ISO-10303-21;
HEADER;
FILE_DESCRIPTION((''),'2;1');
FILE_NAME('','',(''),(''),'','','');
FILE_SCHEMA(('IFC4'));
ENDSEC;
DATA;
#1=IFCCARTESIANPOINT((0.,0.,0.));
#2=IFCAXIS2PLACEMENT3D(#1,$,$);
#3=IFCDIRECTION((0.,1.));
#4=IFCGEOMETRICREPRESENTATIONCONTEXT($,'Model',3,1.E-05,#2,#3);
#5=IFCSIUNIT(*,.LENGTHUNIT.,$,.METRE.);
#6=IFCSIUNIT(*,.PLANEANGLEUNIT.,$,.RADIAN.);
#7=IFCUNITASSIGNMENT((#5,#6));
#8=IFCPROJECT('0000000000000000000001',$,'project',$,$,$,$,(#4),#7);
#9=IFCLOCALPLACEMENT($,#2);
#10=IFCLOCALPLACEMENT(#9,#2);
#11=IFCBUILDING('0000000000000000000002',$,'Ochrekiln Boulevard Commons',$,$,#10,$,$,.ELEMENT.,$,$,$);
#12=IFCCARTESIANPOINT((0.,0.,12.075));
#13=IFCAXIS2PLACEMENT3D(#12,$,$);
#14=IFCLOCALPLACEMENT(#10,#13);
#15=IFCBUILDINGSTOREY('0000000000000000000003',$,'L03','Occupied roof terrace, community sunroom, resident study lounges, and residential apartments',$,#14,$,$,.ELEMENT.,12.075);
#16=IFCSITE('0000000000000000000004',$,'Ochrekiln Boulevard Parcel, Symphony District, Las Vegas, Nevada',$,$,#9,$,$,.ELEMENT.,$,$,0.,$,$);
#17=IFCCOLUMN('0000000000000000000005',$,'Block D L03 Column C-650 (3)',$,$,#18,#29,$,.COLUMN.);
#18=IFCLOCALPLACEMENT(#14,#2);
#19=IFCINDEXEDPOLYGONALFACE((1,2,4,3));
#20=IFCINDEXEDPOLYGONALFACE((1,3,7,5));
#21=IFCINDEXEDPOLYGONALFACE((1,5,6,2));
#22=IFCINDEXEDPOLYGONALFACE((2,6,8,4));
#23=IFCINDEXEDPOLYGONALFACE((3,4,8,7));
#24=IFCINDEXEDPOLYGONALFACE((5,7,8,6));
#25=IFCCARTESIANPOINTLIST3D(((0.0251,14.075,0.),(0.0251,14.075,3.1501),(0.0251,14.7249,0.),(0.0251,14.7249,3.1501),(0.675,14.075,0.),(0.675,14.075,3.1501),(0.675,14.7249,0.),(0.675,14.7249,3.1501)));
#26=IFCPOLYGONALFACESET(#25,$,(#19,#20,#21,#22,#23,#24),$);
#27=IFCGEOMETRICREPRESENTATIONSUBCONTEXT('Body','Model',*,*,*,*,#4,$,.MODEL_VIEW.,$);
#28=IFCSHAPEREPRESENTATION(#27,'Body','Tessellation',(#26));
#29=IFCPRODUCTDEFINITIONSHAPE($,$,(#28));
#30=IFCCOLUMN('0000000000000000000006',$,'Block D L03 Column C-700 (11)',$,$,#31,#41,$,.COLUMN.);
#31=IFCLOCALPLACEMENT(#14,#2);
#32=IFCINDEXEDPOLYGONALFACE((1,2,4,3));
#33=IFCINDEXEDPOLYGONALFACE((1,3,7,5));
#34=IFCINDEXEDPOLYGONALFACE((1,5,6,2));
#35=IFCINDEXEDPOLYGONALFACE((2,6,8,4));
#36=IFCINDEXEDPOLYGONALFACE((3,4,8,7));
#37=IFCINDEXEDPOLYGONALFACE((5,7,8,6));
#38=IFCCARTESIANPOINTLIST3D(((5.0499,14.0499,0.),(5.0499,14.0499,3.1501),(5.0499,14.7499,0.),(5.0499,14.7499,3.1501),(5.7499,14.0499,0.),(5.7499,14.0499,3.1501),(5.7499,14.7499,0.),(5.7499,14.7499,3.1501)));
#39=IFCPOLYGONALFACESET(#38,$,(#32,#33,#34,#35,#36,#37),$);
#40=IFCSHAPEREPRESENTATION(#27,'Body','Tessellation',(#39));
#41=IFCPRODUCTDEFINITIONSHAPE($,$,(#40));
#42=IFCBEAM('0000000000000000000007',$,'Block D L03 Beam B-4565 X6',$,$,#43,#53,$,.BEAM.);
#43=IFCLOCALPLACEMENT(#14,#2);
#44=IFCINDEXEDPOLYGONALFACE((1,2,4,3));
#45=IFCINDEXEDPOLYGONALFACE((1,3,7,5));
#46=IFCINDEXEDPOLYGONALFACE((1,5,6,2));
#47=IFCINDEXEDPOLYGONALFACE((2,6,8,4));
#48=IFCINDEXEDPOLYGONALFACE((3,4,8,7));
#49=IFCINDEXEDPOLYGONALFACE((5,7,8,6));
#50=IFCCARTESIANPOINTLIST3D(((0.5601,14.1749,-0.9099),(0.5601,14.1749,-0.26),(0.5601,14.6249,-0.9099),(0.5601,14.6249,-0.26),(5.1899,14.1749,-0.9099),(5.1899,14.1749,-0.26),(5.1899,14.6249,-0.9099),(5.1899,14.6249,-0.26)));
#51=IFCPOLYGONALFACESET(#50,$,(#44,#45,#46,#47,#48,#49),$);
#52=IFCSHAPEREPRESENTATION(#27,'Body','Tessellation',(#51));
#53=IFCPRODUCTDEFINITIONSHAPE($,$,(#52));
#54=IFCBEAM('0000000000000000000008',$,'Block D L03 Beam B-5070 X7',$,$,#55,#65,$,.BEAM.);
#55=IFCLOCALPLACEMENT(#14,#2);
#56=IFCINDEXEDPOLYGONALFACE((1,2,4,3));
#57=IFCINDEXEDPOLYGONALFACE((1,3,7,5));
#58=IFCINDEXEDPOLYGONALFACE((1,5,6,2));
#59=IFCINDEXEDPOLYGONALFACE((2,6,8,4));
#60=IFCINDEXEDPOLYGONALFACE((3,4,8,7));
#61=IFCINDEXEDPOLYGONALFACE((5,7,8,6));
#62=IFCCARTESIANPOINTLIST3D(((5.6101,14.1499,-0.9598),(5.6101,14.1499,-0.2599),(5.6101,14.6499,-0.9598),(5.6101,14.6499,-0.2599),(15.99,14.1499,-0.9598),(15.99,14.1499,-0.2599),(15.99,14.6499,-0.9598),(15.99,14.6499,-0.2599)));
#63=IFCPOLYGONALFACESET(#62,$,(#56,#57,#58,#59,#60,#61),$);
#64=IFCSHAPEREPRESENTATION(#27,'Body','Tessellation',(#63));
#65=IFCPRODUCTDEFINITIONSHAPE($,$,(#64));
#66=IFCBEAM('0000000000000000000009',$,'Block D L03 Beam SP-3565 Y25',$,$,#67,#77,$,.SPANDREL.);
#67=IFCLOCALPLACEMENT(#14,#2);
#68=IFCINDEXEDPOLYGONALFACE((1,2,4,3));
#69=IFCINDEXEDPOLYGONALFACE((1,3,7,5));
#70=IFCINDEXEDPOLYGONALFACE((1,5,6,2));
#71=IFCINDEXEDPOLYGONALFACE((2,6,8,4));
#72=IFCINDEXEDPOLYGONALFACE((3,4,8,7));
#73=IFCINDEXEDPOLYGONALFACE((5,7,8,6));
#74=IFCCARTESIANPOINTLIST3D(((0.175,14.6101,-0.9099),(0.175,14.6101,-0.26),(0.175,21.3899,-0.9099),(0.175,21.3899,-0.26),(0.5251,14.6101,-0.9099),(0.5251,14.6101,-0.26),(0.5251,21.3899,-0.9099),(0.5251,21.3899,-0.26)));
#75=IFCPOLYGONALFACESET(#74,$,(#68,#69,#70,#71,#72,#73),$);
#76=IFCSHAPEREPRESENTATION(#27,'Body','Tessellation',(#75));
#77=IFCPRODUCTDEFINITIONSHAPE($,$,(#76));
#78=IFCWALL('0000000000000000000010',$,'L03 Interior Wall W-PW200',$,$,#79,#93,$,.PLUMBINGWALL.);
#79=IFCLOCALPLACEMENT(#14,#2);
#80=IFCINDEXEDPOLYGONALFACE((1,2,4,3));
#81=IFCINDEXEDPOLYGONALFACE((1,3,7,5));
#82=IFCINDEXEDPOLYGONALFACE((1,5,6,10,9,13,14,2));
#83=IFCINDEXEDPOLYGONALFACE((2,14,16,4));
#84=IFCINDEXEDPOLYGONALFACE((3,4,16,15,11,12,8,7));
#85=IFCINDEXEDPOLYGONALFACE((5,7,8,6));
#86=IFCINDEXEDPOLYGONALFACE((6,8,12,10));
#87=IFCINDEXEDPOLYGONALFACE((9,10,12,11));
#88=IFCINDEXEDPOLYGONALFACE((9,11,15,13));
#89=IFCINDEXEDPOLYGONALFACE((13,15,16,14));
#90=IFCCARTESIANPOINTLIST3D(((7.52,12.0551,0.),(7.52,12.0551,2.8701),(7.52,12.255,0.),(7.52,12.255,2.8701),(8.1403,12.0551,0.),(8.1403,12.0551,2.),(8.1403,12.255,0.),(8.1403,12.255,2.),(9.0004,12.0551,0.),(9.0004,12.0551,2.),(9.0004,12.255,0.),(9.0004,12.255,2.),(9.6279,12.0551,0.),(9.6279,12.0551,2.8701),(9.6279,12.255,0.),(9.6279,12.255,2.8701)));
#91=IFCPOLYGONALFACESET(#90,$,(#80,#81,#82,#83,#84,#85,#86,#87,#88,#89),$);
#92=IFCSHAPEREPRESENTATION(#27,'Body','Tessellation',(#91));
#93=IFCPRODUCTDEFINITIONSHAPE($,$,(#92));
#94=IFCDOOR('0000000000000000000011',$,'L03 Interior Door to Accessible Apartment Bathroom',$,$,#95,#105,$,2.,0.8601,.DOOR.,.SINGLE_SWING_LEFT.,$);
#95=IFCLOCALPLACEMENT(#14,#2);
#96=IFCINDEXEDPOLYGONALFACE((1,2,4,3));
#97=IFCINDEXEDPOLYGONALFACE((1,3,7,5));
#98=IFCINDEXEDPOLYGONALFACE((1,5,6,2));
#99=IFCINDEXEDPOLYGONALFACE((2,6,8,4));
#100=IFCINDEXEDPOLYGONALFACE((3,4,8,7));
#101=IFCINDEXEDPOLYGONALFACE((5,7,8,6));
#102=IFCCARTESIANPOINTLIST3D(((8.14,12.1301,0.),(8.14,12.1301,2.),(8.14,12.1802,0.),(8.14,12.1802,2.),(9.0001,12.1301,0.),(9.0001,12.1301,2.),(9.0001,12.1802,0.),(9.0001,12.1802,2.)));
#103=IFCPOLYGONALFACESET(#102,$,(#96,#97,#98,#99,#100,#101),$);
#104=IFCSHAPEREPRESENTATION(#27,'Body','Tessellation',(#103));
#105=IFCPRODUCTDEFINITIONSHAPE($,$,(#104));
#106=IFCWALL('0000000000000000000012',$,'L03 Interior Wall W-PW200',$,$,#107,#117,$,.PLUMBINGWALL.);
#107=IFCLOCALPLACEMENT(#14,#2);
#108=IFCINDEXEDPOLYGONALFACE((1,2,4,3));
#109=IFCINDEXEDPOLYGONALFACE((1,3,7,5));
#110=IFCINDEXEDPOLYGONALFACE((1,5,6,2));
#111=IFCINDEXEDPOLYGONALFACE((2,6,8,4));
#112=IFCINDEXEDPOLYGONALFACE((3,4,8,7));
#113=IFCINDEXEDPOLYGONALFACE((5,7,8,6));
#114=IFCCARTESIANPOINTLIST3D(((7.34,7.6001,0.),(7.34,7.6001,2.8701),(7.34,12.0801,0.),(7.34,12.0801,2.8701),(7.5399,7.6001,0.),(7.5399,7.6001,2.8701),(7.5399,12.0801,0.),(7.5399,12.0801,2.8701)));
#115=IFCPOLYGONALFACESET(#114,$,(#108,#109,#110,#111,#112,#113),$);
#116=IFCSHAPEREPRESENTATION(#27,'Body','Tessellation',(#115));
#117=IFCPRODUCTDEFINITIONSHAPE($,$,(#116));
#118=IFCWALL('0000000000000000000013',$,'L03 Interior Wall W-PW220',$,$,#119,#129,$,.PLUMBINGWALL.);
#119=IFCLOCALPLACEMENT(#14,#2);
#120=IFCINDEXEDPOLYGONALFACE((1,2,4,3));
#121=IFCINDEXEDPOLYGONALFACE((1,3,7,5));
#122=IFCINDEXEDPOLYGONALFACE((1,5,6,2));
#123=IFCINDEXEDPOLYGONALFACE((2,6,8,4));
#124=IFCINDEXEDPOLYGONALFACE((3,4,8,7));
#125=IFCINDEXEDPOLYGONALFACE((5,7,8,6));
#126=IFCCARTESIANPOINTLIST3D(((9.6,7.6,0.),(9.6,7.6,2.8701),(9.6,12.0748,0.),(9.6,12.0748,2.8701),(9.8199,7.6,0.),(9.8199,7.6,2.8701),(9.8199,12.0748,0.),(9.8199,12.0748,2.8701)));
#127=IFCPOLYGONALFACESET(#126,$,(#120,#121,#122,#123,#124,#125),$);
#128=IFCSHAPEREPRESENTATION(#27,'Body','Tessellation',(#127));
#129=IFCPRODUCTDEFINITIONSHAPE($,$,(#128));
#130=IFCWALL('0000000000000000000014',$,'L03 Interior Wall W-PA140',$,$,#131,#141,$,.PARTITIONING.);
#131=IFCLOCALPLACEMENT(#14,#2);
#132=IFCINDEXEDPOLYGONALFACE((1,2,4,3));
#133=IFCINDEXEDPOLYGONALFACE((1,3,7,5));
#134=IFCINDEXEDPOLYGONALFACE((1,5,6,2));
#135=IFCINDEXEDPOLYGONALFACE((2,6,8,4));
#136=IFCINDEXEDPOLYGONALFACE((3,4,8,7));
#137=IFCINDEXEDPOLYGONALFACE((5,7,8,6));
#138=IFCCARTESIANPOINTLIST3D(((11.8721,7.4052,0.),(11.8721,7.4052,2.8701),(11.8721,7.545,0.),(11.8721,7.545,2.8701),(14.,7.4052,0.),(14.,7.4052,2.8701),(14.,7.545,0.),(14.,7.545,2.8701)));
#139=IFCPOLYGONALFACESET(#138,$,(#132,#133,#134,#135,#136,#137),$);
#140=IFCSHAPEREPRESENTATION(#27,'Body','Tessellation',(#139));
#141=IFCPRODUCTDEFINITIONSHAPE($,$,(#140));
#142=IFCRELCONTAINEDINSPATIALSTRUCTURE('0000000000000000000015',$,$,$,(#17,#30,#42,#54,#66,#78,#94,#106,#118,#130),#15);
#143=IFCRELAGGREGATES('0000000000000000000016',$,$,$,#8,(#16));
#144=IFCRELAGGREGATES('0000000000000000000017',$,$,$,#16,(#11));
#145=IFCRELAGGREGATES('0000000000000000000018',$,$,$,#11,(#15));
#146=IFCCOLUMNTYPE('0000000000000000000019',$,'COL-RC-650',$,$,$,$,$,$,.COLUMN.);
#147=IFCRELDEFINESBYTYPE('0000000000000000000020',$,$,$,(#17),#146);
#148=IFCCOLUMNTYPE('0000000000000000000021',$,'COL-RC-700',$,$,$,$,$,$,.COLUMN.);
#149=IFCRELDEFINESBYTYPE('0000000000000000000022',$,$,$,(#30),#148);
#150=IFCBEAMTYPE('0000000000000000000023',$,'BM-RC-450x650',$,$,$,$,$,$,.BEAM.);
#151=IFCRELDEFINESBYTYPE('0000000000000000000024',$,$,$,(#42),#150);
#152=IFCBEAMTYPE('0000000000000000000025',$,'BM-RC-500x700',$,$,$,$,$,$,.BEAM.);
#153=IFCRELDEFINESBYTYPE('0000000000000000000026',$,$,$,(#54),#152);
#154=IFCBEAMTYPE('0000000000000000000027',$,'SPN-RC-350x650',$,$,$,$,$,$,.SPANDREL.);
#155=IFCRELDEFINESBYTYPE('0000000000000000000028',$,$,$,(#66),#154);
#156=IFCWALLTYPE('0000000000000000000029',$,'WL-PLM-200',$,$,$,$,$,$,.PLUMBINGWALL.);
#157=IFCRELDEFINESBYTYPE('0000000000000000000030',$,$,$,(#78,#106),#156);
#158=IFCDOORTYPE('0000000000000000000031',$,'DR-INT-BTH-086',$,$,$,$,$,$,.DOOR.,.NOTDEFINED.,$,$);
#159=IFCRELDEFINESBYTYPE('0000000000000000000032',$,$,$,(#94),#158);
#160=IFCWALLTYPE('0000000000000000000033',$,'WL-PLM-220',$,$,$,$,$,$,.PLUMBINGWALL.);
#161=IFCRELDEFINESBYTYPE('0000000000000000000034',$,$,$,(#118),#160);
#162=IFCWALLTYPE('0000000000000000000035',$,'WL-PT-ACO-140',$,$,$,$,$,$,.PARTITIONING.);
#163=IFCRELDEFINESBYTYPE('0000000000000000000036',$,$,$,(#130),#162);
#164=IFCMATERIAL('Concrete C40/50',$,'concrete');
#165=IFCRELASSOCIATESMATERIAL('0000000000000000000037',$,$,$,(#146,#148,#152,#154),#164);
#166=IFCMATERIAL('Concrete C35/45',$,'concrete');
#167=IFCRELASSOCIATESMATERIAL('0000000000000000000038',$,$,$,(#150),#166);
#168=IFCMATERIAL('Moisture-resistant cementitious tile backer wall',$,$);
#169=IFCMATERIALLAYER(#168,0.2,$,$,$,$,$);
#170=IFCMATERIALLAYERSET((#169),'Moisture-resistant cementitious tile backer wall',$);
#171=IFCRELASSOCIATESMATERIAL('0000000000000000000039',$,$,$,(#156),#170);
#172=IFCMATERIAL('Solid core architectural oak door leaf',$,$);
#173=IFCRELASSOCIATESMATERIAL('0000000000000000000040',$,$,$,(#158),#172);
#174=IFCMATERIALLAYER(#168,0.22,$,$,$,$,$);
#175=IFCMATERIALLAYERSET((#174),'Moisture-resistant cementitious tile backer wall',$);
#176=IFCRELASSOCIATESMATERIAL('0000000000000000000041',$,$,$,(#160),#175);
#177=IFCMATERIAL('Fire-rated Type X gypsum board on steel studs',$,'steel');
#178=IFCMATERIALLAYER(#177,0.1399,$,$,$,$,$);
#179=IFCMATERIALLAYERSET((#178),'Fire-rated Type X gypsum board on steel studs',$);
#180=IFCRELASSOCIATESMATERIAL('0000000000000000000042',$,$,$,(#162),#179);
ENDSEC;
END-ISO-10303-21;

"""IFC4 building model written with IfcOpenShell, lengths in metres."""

from ifc_helpers import new_model, si_unit, direction, frame, frame_2d, origin, origin_2d, place, context, subcontext, project, spatial, rectangle, extrude, material, layer, layer_set, material_profile, profile_set, type_object, element, fill, save


model = new_model("IFC4")

# Units and contexts
model_context = context("Model", 3, precision=1e-05, world=origin(), true_north=direction((0.0, 1.0)))
body_context = subcontext(model_context, "Body", "Model", "MODEL_VIEW")
ifc_project = project(units=[si_unit("LENGTHUNIT", "METRE"), si_unit("PLANEANGLEUNIT", "RADIAN")], contexts=[model_context])

# Site, building, storey
site_placement = place(None, origin())
site = spatial("IfcSite", under=ifc_project, at=site_placement, Name="Ochrekiln Boulevard Parcel, Symphony District, Las Vegas, Nevada", CompositionType="ELEMENT", RefElevation=0.0)
building_placement = place(site_placement, origin())
building = spatial("IfcBuilding", under=site, at=building_placement, Name="Ochrekiln Boulevard Commons", CompositionType="ELEMENT")
storey_placement = place(building_placement, frame((0.0, 0.0, 12.075)))
storey = spatial("IfcBuildingStorey", under=building, at=storey_placement, Name="L03", Description="Occupied roof terrace, community sunroom, resident study lounges, and residential apartments", CompositionType="ELEMENT", Elevation=12.075)

# Columns
ifc_material_1 = material(Name="Concrete C40/50", Category="concrete")
ifc_material_profile_1 = material_profile(ifc_material_1, rectangle(XDim=0.6499, YDim=0.6499, at=origin_2d()), Name="RC-COL-650x650")
ifc_profile_set_1 = profile_set([ifc_material_profile_1], Name="Concrete C40/50")
column_type_1 = type_object("IfcColumnType", Name="COL-RC-650", PredefinedType="COLUMN", material=ifc_profile_set_1)
column_1_placement = place(storey_placement, frame((0.3501, 14.3999, 0.0), z_axis=(0.0, 0.0, 1.0), x_axis=(1.0, 0.0, 0.0)))
element("IfcColumn", 1, at=column_1_placement, inside=storey, type_object=column_type_1, Name="Block D L03 Column C-650 (3)", PredefinedType="COLUMN", context=body_context, shape_type="SweptSolid", body=[
    extrude(rectangle(XDim=0.6499, YDim=0.6499, at=origin_2d()), origin(), (0.0, 0.0, 1.0), 3.1501),
])
ifc_material_profile_2 = material_profile(ifc_material_1, rectangle(XDim=0.7, YDim=0.7, at=origin_2d()), Name="RC-COL-700x700")
ifc_profile_set_2 = profile_set([ifc_material_profile_2], Name="Concrete C40/50")
column_type_2 = type_object("IfcColumnType", Name="COL-RC-700", PredefinedType="COLUMN", material=ifc_profile_set_2)
column_2_placement = place(storey_placement, frame((5.3999, 14.3999, 0.0), z_axis=(0.0, 0.0, 1.0), x_axis=(1.0, 0.0, 0.0)))
element("IfcColumn", 2, at=column_2_placement, inside=storey, type_object=column_type_2, Name="Block D L03 Column C-700 (11)", PredefinedType="COLUMN", context=body_context, shape_type="SweptSolid", body=[
    extrude(rectangle(XDim=0.7, YDim=0.7, at=origin_2d()), origin(), (0.0, 0.0, 1.0), 3.1501),
])

# Beams
ifc_material_2 = material(Name="Concrete C35/45", Category="concrete")
ifc_material_profile_3 = material_profile(ifc_material_2, rectangle(XDim=0.45, YDim=0.6499, at=origin_2d()), Name="RC-BM-450x650")
ifc_profile_set_3 = profile_set([ifc_material_profile_3], Name="Concrete C35/45")
beam_type_1 = type_object("IfcBeamType", Name="BM-RC-450x650", PredefinedType="BEAM", material=ifc_profile_set_3)
beam_1_placement = place(storey_placement, frame((0.5601, 14.3999, -0.585), z_axis=(1.0, 0.0, 0.0), x_axis=(0.0, 1.0, 0.0)))
element("IfcBeam", 3, at=beam_1_placement, inside=storey, type_object=beam_type_1, Name="Block D L03 Beam B-4565 X6", PredefinedType="BEAM", context=body_context, shape_type="SweptSolid", body=[
    extrude(rectangle(XDim=0.45, YDim=0.6499, at=origin_2d()), origin(), (0.0, 0.0, 1.0), 4.6299),
])
ifc_material_profile_4 = material_profile(ifc_material_1, rectangle(XDim=0.5, YDim=0.7, at=origin_2d()), Name="RC-BM-500x700")
ifc_profile_set_4 = profile_set([ifc_material_profile_4], Name="Concrete C40/50")
beam_type_2 = type_object("IfcBeamType", Name="BM-RC-500x700", PredefinedType="BEAM", material=ifc_profile_set_4)
beam_2_placement = place(storey_placement, frame((5.6101, 14.3999, -0.6099), z_axis=(1.0, 0.0, 0.0), x_axis=(0.0, 1.0, 0.0)))
element("IfcBeam", 4, at=beam_2_placement, inside=storey, type_object=beam_type_2, Name="Block D L03 Beam B-5070 X7", PredefinedType="BEAM", context=body_context, shape_type="SweptSolid", body=[
    extrude(rectangle(XDim=0.5, YDim=0.7, at=origin_2d()), origin(), (0.0, 0.0, 1.0), 10.3799),
])
ifc_material_profile_5 = material_profile(ifc_material_1, rectangle(XDim=0.3501, YDim=0.6499, at=origin_2d()), Name="RC-SPN-350x650")
ifc_profile_set_5 = profile_set([ifc_material_profile_5], Name="Concrete C40/50")
beam_type_3 = type_object("IfcBeamType", Name="SPN-RC-350x650", PredefinedType="SPANDREL", material=ifc_profile_set_5)
beam_3_placement = place(storey_placement, frame((0.3501, 14.6101, -0.585), z_axis=(0.0, 1.0, 0.0), x_axis=(-1.0, 0.0, 0.0)))
element("IfcBeam", 5, at=beam_3_placement, inside=storey, type_object=beam_type_3, Name="Block D L03 Beam SP-3565 Y25", PredefinedType="SPANDREL", context=body_context, shape_type="SweptSolid", body=[
    extrude(rectangle(XDim=0.3501, YDim=0.6499, at=origin_2d()), origin(), (0.0, 0.0, 1.0), 6.7798),
])

# Wall, opening, door
ifc_material_3 = material(Name="Moisture-resistant cementitious tile backer wall")
ifc_layer_1 = layer(ifc_material_3, 0.2)
ifc_layer_set_1 = layer_set([ifc_layer_1], Name="Moisture-resistant cementitious tile backer wall")
wall_type_1 = type_object("IfcWallType", Name="WL-PLM-200", PredefinedType="PLUMBINGWALL", material=ifc_layer_set_1)
wall_1_placement = place(storey_placement, frame((7.52, 12.155, 0.0), z_axis=(0.0, 0.0, 1.0), x_axis=(1.0, 0.0, 0.0)))
wall_1 = element("IfcWall", 6, at=wall_1_placement, inside=storey, type_object=wall_type_1, Name="L03 Interior Wall W-PW200", PredefinedType="PLUMBINGWALL", context=body_context, shape_type="SweptSolid", body=[
    extrude(rectangle(XDim=2.1079, YDim=0.2, at=frame_2d((1.054, 0.0))), origin(), (0.0, 0.0, 1.0), 2.8701),
])
opening_1_placement = place(wall_1_placement, frame((0.6201, 0.0, 0.0)))
opening_1 = element("IfcOpeningElement", 7, at=opening_1_placement, cuts=wall_1, PredefinedType="OPENING", context=body_context, shape_type="SweptSolid", body=[
    extrude(rectangle(XDim=0.8601, YDim=2.0, at=frame_2d((0.4302, 1.0))), frame((0.0, 0.1099, 0.0), z_axis=(0.0, -1.0, 0.0), x_axis=(1.0, 0.0, 0.0)), (0.0, 0.0, 1.0), 0.22),
])
ifc_material_4 = material(Name="Solid core architectural oak door leaf")
door_type_1 = type_object("IfcDoorType", Name="DR-INT-BTH-086", OperationType="NOTDEFINED", PredefinedType="DOOR", material=ifc_material_4)
door_1_placement = place(opening_1_placement, frame((0.8601, 0.0, 0.0), z_axis=(0.0, 0.0, 1.0), x_axis=(-1.0, 0.0, 0.0)))
door_1 = element("IfcDoor", 8, at=door_1_placement, inside=storey, type_object=door_type_1, Name="L03 Interior Door to Accessible Apartment Bathroom", OperationType="SINGLE_SWING_LEFT", OverallHeight=2.0, OverallWidth=0.8601, PredefinedType="DOOR", context=body_context, shape_type="SweptSolid", body=[
    extrude(rectangle(XDim=0.8601, YDim=2.0, at=frame_2d((0.4302, 1.0))), frame((0.0, 0.0249, 0.0), z_axis=(0.0, -1.0, 0.0), x_axis=(1.0, 0.0, 0.0)), (0.0, 0.0, 1.0), 0.05),
])
fill(opening_1, door_1)

# Walls
wall_2_placement = place(storey_placement, frame((7.4399, 7.6001, 0.0), z_axis=(0.0, 0.0, 1.0), x_axis=(0.0, 1.0, 0.0)))
element("IfcWall", 9, at=wall_2_placement, inside=storey, type_object=wall_type_1, Name="L03 Interior Wall W-PW200", PredefinedType="PLUMBINGWALL", context=body_context, shape_type="SweptSolid", body=[
    extrude(rectangle(XDim=4.48, YDim=0.2, at=frame_2d((2.24, 0.0))), origin(), (0.0, 0.0, 1.0), 2.8701),
])
ifc_layer_2 = layer(ifc_material_3, 0.22)
ifc_layer_set_2 = layer_set([ifc_layer_2], Name="Moisture-resistant cementitious tile backer wall")
wall_type_2 = type_object("IfcWallType", Name="WL-PLM-220", PredefinedType="PLUMBINGWALL", material=ifc_layer_set_2)
wall_3_placement = place(storey_placement, frame((9.71, 7.6001, 0.0), z_axis=(0.0, 0.0, 1.0), x_axis=(0.0, 1.0, 0.0)))
element("IfcWall", 10, at=wall_3_placement, inside=storey, type_object=wall_type_2, Name="L03 Interior Wall W-PW220", PredefinedType="PLUMBINGWALL", context=body_context, shape_type="SweptSolid", body=[
    extrude(rectangle(XDim=4.4749, YDim=0.22, at=frame_2d((2.2373, 0.0))), origin(), (0.0, 0.0, 1.0), 2.8701),
])
ifc_material_5 = material(Name="Fire-rated Type X gypsum board on steel studs", Category="steel")
ifc_layer_3 = layer(ifc_material_5, 0.1399)
ifc_layer_set_3 = layer_set([ifc_layer_3], Name="Fire-rated Type X gypsum board on steel studs")
wall_type_3 = type_object("IfcWallType", Name="WL-PT-ACO-140", PredefinedType="PARTITIONING", material=ifc_layer_set_3)
wall_4_placement = place(storey_placement, frame((11.8721, 7.4751, 0.0), z_axis=(0.0, 0.0, 1.0), x_axis=(1.0, 0.0, 0.0)))
element("IfcWall", 11, at=wall_4_placement, inside=storey, type_object=wall_type_3, Name="L03 Interior Wall W-PA140", PredefinedType="PARTITIONING", context=body_context, shape_type="SweptSolid", body=[
    extrude(rectangle(XDim=2.1279, YDim=0.1399, at=frame_2d((1.064, 0.0))), origin(), (0.0, 0.0, 1.0), 2.8701),
])

save(model, "model.ifc")
